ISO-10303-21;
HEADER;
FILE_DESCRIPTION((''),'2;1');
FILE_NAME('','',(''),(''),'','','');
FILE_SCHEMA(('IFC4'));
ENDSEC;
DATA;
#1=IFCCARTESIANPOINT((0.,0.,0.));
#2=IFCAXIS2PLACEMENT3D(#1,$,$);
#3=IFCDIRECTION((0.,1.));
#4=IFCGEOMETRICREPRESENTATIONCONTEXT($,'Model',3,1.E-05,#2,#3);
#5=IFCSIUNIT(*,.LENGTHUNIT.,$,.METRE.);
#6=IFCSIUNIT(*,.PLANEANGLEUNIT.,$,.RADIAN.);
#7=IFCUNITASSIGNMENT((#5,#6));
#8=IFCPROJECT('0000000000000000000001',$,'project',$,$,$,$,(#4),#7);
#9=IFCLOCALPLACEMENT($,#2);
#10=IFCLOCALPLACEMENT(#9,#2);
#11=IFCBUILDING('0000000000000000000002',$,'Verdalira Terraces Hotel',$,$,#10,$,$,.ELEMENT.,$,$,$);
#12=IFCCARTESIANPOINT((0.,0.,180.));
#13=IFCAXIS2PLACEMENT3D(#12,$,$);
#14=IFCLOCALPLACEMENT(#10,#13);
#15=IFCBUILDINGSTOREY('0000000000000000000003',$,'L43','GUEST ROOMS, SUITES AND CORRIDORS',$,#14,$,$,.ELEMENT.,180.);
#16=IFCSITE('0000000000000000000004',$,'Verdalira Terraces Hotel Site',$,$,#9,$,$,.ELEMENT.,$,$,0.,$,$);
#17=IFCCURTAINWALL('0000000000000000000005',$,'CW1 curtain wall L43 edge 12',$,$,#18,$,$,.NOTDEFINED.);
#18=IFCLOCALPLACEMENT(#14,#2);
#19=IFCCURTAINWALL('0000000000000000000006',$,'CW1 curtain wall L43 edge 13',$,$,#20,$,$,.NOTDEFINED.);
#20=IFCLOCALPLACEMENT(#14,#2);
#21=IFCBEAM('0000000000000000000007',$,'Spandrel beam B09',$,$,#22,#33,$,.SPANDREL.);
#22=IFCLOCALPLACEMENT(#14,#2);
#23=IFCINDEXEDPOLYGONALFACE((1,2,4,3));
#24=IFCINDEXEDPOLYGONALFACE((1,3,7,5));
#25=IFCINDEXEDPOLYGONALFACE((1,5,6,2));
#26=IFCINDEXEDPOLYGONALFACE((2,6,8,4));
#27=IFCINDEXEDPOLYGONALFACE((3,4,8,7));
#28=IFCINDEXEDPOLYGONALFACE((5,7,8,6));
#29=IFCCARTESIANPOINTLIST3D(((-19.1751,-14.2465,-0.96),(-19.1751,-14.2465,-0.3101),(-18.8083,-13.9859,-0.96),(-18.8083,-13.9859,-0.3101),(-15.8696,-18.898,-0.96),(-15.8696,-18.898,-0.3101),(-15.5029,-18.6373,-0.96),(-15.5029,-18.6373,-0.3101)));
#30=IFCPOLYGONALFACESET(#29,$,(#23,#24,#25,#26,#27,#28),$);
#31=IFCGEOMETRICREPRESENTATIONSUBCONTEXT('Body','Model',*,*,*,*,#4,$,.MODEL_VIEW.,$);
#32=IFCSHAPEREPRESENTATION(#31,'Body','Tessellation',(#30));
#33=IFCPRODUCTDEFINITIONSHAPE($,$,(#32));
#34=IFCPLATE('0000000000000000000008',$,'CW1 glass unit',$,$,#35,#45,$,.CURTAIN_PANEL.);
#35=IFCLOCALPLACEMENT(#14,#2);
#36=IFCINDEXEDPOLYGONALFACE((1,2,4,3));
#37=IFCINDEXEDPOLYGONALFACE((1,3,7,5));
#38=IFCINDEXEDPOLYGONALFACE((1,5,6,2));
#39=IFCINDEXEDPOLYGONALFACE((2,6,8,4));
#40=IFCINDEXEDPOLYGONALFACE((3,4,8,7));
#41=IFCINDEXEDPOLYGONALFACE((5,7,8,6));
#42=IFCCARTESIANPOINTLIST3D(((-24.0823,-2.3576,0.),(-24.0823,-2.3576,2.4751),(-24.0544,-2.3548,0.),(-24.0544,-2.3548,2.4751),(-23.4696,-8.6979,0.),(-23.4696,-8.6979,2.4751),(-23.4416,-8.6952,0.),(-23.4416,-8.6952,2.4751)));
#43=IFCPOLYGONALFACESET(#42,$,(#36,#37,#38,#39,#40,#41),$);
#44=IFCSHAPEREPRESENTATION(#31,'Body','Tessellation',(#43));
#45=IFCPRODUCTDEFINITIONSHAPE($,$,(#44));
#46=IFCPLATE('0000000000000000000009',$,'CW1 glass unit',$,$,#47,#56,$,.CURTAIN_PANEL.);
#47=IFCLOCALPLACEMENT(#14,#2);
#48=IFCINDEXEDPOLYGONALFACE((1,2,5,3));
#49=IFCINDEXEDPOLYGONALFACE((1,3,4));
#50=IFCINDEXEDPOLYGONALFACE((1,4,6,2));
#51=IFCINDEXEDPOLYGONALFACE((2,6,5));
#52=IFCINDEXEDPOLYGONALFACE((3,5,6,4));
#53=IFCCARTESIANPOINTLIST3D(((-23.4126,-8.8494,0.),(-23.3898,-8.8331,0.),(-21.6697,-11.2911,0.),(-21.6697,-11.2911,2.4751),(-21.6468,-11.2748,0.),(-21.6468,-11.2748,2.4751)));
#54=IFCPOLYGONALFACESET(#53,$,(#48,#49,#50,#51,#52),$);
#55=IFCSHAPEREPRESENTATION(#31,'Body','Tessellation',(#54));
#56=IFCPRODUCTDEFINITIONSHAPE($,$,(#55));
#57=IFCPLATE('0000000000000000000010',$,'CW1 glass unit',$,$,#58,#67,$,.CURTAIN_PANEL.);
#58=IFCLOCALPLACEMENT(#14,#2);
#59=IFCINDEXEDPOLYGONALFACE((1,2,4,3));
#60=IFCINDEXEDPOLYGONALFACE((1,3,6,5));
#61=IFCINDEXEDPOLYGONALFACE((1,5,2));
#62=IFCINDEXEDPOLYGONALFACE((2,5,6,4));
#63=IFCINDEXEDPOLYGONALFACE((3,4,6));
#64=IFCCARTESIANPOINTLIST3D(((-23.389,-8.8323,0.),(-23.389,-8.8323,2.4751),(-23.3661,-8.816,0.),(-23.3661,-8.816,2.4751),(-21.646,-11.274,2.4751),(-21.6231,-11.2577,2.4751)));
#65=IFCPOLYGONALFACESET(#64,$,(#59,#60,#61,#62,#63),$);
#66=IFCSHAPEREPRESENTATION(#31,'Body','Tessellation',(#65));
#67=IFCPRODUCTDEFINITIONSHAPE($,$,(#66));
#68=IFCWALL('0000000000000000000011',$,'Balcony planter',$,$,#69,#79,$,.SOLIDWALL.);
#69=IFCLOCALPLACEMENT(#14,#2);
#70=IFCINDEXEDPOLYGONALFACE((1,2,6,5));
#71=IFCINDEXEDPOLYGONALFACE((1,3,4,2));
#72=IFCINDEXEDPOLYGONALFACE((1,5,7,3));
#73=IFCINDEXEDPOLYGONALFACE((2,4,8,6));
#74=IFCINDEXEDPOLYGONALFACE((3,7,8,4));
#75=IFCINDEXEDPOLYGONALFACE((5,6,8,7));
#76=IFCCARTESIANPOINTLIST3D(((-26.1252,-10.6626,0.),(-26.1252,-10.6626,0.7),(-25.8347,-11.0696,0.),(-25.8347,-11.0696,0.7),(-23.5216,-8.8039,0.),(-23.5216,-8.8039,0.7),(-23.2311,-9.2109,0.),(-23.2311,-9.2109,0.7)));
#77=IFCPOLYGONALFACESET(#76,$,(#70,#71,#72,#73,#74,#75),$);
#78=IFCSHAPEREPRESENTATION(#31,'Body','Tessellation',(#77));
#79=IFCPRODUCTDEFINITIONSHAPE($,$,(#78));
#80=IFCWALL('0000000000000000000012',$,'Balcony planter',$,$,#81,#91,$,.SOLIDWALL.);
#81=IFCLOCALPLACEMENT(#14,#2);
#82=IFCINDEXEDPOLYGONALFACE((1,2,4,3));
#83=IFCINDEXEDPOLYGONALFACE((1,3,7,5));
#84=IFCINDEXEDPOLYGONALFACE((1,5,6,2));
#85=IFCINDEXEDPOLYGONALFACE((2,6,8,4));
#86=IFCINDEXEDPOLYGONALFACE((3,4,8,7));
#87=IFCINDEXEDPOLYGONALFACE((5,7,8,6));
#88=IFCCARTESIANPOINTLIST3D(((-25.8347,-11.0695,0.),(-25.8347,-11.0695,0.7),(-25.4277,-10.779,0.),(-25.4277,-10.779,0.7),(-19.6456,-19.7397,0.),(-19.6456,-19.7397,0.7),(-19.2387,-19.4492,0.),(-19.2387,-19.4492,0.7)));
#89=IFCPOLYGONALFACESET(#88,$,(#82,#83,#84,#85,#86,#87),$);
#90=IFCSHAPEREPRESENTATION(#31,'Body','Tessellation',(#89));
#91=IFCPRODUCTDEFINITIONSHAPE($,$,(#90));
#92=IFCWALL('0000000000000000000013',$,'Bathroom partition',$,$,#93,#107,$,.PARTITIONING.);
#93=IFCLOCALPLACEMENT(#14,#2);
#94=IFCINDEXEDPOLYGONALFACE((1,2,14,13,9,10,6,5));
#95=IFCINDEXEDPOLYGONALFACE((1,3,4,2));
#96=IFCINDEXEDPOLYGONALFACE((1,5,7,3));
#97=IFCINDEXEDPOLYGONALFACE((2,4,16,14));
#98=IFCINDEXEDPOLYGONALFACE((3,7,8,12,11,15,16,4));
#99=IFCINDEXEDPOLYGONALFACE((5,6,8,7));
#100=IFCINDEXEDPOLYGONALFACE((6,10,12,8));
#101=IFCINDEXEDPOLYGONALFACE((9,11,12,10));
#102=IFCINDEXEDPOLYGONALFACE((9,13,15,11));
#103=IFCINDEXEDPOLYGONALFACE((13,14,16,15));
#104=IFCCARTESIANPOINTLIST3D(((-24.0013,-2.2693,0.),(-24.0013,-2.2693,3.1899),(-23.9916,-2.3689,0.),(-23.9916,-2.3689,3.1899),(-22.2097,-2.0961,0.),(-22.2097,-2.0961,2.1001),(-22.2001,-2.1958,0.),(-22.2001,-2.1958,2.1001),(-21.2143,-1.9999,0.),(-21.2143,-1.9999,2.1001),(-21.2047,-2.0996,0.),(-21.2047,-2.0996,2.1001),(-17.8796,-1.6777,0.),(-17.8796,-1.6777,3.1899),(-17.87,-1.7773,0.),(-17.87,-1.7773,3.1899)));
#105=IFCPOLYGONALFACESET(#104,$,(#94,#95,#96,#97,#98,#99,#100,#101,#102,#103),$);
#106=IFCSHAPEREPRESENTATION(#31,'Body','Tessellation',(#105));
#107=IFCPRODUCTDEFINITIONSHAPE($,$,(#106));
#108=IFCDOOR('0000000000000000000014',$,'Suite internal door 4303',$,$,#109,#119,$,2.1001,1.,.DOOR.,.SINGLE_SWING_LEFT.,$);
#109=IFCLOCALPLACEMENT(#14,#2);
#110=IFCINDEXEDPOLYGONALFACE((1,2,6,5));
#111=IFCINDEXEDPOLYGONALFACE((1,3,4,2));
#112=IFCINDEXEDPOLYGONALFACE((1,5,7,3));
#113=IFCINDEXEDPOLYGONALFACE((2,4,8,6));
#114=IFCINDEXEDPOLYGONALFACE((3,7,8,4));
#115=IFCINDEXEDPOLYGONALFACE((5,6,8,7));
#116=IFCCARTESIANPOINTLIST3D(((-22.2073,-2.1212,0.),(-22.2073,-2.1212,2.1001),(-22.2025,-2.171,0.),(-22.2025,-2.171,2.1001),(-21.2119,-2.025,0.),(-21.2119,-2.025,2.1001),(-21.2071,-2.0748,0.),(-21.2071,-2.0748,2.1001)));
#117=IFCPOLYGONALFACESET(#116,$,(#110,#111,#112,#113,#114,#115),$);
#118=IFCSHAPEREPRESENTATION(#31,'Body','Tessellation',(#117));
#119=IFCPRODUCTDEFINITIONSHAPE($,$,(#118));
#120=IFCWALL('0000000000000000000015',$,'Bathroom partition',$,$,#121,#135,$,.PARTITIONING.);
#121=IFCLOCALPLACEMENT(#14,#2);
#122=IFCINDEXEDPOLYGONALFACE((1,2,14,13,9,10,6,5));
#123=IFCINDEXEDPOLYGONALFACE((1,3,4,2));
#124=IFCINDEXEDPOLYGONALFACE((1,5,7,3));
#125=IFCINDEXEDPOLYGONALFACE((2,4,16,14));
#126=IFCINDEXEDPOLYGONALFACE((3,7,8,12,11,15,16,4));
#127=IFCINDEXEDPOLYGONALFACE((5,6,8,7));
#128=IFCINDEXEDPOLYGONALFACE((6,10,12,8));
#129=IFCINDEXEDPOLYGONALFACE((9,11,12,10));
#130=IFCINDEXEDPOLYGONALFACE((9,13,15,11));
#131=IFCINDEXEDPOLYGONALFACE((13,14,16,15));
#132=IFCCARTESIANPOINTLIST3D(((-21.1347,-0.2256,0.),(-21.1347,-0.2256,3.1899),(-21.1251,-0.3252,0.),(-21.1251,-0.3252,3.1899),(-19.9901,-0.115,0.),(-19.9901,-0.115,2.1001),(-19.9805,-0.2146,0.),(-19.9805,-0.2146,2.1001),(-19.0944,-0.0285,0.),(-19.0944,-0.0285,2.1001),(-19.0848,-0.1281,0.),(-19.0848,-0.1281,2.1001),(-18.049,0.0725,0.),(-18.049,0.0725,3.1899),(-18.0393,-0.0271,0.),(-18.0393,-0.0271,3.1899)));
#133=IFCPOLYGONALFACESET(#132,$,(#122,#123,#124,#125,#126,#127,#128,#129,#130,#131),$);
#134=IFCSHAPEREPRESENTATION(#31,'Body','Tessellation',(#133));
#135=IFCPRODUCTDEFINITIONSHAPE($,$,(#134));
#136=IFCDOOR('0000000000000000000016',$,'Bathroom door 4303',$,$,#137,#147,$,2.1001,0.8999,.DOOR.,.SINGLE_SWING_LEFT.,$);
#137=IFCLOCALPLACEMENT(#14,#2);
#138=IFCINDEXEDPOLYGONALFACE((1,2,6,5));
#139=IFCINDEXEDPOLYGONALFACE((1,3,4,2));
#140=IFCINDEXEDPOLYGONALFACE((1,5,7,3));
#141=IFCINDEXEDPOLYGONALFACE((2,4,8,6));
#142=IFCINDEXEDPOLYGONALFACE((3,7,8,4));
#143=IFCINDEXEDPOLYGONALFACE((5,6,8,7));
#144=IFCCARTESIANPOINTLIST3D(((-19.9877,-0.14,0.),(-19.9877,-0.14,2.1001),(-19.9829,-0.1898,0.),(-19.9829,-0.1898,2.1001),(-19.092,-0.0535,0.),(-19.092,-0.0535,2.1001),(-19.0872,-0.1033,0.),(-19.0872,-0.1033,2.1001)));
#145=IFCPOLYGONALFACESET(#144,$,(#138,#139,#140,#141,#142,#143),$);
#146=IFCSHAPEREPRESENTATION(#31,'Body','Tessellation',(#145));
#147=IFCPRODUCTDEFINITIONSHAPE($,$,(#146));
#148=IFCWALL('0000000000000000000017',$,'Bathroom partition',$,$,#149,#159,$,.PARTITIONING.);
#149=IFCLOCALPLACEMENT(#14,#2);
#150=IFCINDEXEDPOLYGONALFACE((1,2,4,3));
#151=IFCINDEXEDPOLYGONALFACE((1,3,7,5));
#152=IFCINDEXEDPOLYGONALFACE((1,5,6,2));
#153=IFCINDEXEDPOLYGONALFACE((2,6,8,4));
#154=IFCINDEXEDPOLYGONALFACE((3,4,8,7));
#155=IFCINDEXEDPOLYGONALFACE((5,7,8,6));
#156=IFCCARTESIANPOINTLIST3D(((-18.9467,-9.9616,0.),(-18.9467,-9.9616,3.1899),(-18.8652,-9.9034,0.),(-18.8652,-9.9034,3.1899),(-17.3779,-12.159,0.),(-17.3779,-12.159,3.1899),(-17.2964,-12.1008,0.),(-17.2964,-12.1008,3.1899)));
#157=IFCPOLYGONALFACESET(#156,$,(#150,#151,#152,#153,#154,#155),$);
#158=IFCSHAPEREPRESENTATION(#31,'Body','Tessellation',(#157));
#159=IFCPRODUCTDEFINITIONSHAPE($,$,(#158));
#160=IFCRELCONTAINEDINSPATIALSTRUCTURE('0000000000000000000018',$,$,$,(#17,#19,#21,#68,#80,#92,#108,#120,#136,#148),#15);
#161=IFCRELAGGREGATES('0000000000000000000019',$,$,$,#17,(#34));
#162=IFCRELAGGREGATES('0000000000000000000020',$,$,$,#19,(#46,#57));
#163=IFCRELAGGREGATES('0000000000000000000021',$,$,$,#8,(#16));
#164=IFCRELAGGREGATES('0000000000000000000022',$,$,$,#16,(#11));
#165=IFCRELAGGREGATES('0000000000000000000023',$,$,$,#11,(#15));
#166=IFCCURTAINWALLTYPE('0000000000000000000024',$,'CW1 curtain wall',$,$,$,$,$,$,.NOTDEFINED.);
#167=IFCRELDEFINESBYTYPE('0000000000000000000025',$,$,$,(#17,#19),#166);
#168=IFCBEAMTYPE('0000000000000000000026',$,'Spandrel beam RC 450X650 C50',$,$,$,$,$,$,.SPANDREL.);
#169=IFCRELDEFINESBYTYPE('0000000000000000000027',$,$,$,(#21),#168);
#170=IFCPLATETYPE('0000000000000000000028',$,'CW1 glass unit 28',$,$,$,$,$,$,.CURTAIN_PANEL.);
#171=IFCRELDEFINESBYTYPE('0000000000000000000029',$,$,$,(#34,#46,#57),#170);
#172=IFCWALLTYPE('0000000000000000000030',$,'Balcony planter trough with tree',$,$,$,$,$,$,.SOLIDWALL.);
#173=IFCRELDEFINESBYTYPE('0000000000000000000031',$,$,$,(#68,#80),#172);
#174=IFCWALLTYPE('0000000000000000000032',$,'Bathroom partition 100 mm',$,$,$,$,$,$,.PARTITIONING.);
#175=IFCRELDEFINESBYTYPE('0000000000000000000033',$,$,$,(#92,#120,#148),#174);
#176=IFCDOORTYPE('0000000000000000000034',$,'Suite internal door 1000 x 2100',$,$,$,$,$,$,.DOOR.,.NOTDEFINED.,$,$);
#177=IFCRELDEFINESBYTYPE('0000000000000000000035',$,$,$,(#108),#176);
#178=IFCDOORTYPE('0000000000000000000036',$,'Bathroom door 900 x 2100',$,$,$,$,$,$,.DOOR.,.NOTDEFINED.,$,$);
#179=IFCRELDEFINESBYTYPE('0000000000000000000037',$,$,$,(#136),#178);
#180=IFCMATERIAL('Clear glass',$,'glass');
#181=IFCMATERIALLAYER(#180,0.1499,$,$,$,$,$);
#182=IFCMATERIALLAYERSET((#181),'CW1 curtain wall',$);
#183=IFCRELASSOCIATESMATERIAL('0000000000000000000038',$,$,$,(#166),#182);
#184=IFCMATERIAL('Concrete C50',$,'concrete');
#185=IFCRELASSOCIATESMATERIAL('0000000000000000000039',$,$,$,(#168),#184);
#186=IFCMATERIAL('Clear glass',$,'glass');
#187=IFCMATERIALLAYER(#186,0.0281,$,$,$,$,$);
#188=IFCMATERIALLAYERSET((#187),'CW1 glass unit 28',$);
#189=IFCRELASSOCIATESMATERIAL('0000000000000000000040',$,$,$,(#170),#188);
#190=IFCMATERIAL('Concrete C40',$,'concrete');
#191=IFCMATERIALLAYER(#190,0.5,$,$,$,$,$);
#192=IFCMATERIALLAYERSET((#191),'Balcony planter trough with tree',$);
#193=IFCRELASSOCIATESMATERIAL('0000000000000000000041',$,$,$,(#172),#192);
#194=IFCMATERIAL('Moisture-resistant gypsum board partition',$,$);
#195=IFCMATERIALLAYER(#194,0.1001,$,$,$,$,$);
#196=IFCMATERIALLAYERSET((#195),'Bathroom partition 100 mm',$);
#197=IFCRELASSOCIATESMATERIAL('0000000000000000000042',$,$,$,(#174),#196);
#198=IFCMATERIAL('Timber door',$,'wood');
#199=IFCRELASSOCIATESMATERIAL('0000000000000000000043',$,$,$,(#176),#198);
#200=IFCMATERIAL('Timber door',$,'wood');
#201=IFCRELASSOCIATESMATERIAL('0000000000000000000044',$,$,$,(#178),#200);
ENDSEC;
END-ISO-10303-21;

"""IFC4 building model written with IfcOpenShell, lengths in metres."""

from ifc_helpers import new_model, si_unit, direction, frame, frame_2d, origin, origin_2d, place, context, subcontext, project, spatial, polyline, rectangle, outline, extrude, material, layer, layer_set, material_profile, profile_set, type_object, element, fill, aggregate, save


model = new_model("IFC4")

# Units and contexts
model_context = context("Model", 3, precision=1e-05, world=origin(), true_north=direction((0.0, 1.0)))
body_context = subcontext(model_context, "Body", "Model", "MODEL_VIEW")
ifc_project = project(units=[si_unit("LENGTHUNIT", "METRE"), si_unit("PLANEANGLEUNIT", "RADIAN")], contexts=[model_context])

# Site, building, storey
site_placement = place(None, origin())
site = spatial("IfcSite", under=ifc_project, at=site_placement, Name="Verdalira Terraces Hotel Site", CompositionType="ELEMENT", RefElevation=0.0)
building_placement = place(site_placement, origin())
building = spatial("IfcBuilding", under=site, at=building_placement, Name="Verdalira Terraces Hotel", CompositionType="ELEMENT")
storey_placement = place(building_placement, frame((0.0, 0.0, 180.0)))
storey = spatial("IfcBuildingStorey", under=building, at=storey_placement, Name="L43", Description="GUEST ROOMS, SUITES AND CORRIDORS", CompositionType="ELEMENT", Elevation=180.0)

# Curtain walls
ifc_material_1 = material(Name="Clear glass", Category="glass")
ifc_layer_1 = layer(ifc_material_1, 0.1499)
ifc_layer_set_1 = layer_set([ifc_layer_1], Name="CW1 curtain wall")
curtain_wall_type = type_object("IfcCurtainWallType", Name="CW1 curtain wall", PredefinedType="NOTDEFINED", material=ifc_layer_set_1)
curtain_wall_1_placement = place(storey_placement, origin())
curtain_wall_1 = element("IfcCurtainWall", 1, at=curtain_wall_1_placement, inside=storey, type_object=curtain_wall_type, Name="CW1 curtain wall L43 edge 12", PredefinedType="NOTDEFINED")
curtain_wall_2_placement = place(storey_placement, origin())
curtain_wall_2 = element("IfcCurtainWall", 2, at=curtain_wall_2_placement, inside=storey, type_object=curtain_wall_type, Name="CW1 curtain wall L43 edge 13", PredefinedType="NOTDEFINED")

# Beam
ifc_material_2 = material(Name="Concrete C50", Category="concrete")
ifc_material_profile_1 = material_profile(ifc_material_2, rectangle(XDim=0.45, YDim=0.6499, at=origin_2d()), Name="RC 450X650")
ifc_profile_set_1 = profile_set([ifc_material_profile_1], Name="Concrete C50")
beam_type_1 = type_object("IfcBeamType", Name="Spandrel beam RC 450X650 C50", PredefinedType="SPANDREL", material=ifc_profile_set_1)
beam_1_placement = place(storey_placement, frame((-18.9917, -14.1162, -0.635), z_axis=(0.579265, -0.815139, 0.0), x_axis=(0.815139, 0.579265, 0.0)))
element("IfcBeam", 3, at=beam_1_placement, inside=storey, type_object=beam_type_1, Name="Spandrel beam B09", PredefinedType="SPANDREL", context=body_context, shape_type="SweptSolid", body=[
    extrude(rectangle(XDim=0.45, YDim=0.6499, at=origin_2d()), origin(), (0.0, 0.0, 1.0), 5.7063),
])

# Plates
ifc_material_3 = material(Name="Clear glass", Category="glass")
ifc_layer_2 = layer(ifc_material_3, 0.0281)
ifc_layer_set_2 = layer_set([ifc_layer_2], Name="CW1 glass unit 28")
plate_type = type_object("IfcPlateType", Name="CW1 glass unit 28", PredefinedType="CURTAIN_PANEL", material=ifc_layer_set_2)
plate_1_placement = place(storey_placement, frame((-23.762, -5.5264, 0.0), z_axis=(0.0, 0.0, 1.0), x_axis=(0.096193, -0.995363, 0.0)))
plate_1 = element("IfcPlate", 4, at=plate_1_placement, type_object=plate_type, Name="CW1 glass unit", PredefinedType="CURTAIN_PANEL", context=body_context, shape_type="SweptSolid", body=[
    extrude(rectangle(XDim=6.3699, YDim=0.0281, at=origin_2d()), origin(), (0.0, 0.0, 1.0), 2.4751),
])
aggregate(curtain_wall_1, [plate_1])
plate_2_placement = place(storey_placement, frame((-22.5183, -10.054, 1.2375), z_axis=(-0.813913, -0.580987, 0.0), x_axis=(0.580987, -0.813913, 0.0)))
plate_2 = element("IfcPlate", 5, at=plate_2_placement, type_object=plate_type, Name="CW1 glass unit", PredefinedType="CURTAIN_PANEL", context=body_context, shape_type="SweptSolid", body=[
    extrude(outline(polyline([(-1.5, -1.2375), (1.5, -1.2375), (1.5, 1.2375), (-1.5, -1.2375)])), origin(), (0.0, 0.0, 1.0), 0.0281),
])
plate_3_placement = place(storey_placement, frame((-22.4946, -10.0369, 1.2375), z_axis=(-0.813913, -0.580987, 0.0), x_axis=(0.580987, -0.813913, 0.0)))
plate_3 = element("IfcPlate", 6, at=plate_3_placement, type_object=plate_type, Name="CW1 glass unit", PredefinedType="CURTAIN_PANEL", context=body_context, shape_type="SweptSolid", body=[
    extrude(outline(polyline([(-1.5, -1.2375), (1.5, 1.2375), (-1.5, 1.2375), (-1.5, -1.2375)])), origin(), (0.0, 0.0, 1.0), 0.0281),
])
aggregate(curtain_wall_2, [plate_2, plate_3])

# Walls
ifc_material_4 = material(Name="Concrete C40", Category="concrete")
ifc_layer_3 = layer(ifc_material_4, 0.5)
ifc_layer_set_3 = layer_set([ifc_layer_3], Name="Balcony planter trough with tree")
wall_type_1 = type_object("IfcWallType", Name="Balcony planter trough with tree", PredefinedType="SOLIDWALL", material=ifc_layer_set_3)
wall_1_placement = place(storey_placement, frame((-23.3762, -9.0073, 0.0), z_axis=(0.0, 0.0, 1.0), x_axis=(-0.813883, -0.581029, 0.0)))
element("IfcWall", 7, at=wall_1_placement, inside=storey, type_object=wall_type_1, Name="Balcony planter", PredefinedType="SOLIDWALL", context=body_context, shape_type="SweptSolid", body=[
    extrude(rectangle(XDim=3.199, YDim=0.5, at=frame_2d((1.5996, 0.0))), origin(), (0.0, 0.0, 1.0), 0.7),
])
wall_2_placement = place(storey_placement, frame((-25.6311, -10.9243, 0.0), z_axis=(0.0, 0.0, 1.0), x_axis=(0.580989, -0.813912, 0.0)))
element("IfcWall", 8, at=wall_2_placement, inside=storey, type_object=wall_type_1, Name="Balcony planter", PredefinedType="SOLIDWALL", context=body_context, shape_type="SweptSolid", body=[
    extrude(rectangle(XDim=10.6526, YDim=0.5, at=frame_2d((5.3262, 0.0))), origin(), (0.0, 0.0, 1.0), 0.7),
])

# Walls, openings, doors
ifc_material_5 = material(Name="Moisture-resistant gypsum board partition")
ifc_layer_4 = layer(ifc_material_5, 0.1001)
ifc_layer_set_4 = layer_set([ifc_layer_4], Name="Bathroom partition 100 mm")
wall_type_2 = type_object("IfcWallType", Name="Bathroom partition 100 mm", PredefinedType="PARTITIONING", material=ifc_layer_set_4)
wall_3_placement = place(storey_placement, frame((-23.9966, -2.3191, 0.0), z_axis=(0.0, 0.0, 1.0), x_axis=(0.995363, 0.096186, 0.0)))
wall_3 = element("IfcWall", 9, at=wall_3_placement, inside=storey, type_object=wall_type_2, Name="Bathroom partition", PredefinedType="PARTITIONING", context=body_context, shape_type="SweptSolid", body=[
    extrude(rectangle(XDim=6.1501, YDim=0.1001, at=frame_2d((3.0752, 0.0))), origin(), (0.0, 0.0, 1.0), 3.1899),
])
opening_1_placement = place(wall_3_placement, frame((1.8, 0.0, 0.0)))
opening_1 = element("IfcOpeningElement", 10, at=opening_1_placement, cuts=wall_3, PredefinedType="OPENING", context=body_context, shape_type="SweptSolid", body=[
    extrude(rectangle(XDim=1.0, YDim=2.1001, at=frame_2d((0.5, 1.05))), frame((0.0, 0.0601, 0.0), z_axis=(0.0, -1.0, 0.0), x_axis=(1.0, 0.0, 0.0)), (0.0, 0.0, 1.0), 0.1201),
])
ifc_material_6 = material(Name="Timber door", Category="wood")
door_type_1 = type_object("IfcDoorType", Name="Suite internal door 1000 x 2100", OperationType="NOTDEFINED", PredefinedType="DOOR", material=ifc_material_6)
door_1_placement = place(opening_1_placement, origin())
door_1 = element("IfcDoor", 11, at=door_1_placement, inside=storey, type_object=door_type_1, Name="Suite internal door 4303", OperationType="SINGLE_SWING_LEFT", OverallHeight=2.1001, OverallWidth=1.0, PredefinedType="DOOR", context=body_context, shape_type="SweptSolid", body=[
    extrude(rectangle(XDim=1.0, YDim=2.1001, at=frame_2d((0.5, 1.05))), frame((0.0, 0.0249, 0.0), z_axis=(0.0, -1.0, 0.0), x_axis=(1.0, 0.0, 0.0)), (0.0, 0.0, 1.0), 0.05),
])
fill(opening_1, door_1)
wall_4_placement = place(storey_placement, frame((-21.1299, -0.2754, 0.0), z_axis=(0.0, 0.0, 1.0), x_axis=(0.995366, 0.096158, 0.0)))
wall_4 = element("IfcWall", 12, at=wall_4_placement, inside=storey, type_object=wall_type_2, Name="Bathroom partition", PredefinedType="PARTITIONING", context=body_context, shape_type="SweptSolid", body=[
    extrude(rectangle(XDim=3.1001, YDim=0.1001, at=frame_2d((1.55, 0.0))), origin(), (0.0, 0.0, 1.0), 3.1899),
])
opening_2_placement = place(wall_4_placement, frame((1.1499, 0.0, 0.0)))
opening_2 = element("IfcOpeningElement", 13, at=opening_2_placement, cuts=wall_4, PredefinedType="OPENING", context=body_context, shape_type="SweptSolid", body=[
    extrude(rectangle(XDim=0.8999, YDim=2.1001, at=frame_2d((0.45, 1.05))), frame((0.0, 0.0601, 0.0), z_axis=(0.0, -1.0, 0.0), x_axis=(1.0, 0.0, 0.0)), (0.0, 0.0, 1.0), 0.1201),
])
ifc_material_7 = material(Name="Timber door", Category="wood")
door_type_2 = type_object("IfcDoorType", Name="Bathroom door 900 x 2100", OperationType="NOTDEFINED", PredefinedType="DOOR", material=ifc_material_7)
door_2_placement = place(opening_2_placement, origin())
door_2 = element("IfcDoor", 14, at=door_2_placement, inside=storey, type_object=door_type_2, Name="Bathroom door 4303", OperationType="SINGLE_SWING_LEFT", OverallHeight=2.1001, OverallWidth=0.8999, PredefinedType="DOOR", context=body_context, shape_type="SweptSolid", body=[
    extrude(rectangle(XDim=0.8999, YDim=2.1001, at=frame_2d((0.45, 1.05))), frame((0.0, 0.0249, 0.0), z_axis=(0.0, -1.0, 0.0), x_axis=(1.0, 0.0, 0.0)), (0.0, 0.0, 1.0), 0.05),
])
fill(opening_2, door_2)

# Wall
wall_5_placement = place(storey_placement, frame((-18.906, -9.9324, 0.0), z_axis=(0.0, 0.0, 1.0), x_axis=(0.581041, -0.813874, 0.0)))
element("IfcWall", 15, at=wall_5_placement, inside=storey, type_object=wall_type_2, Name="Bathroom partition", PredefinedType="PARTITIONING", context=body_context, shape_type="SweptSolid", body=[
    extrude(rectangle(XDim=2.7, YDim=0.1001, at=frame_2d((1.3501, 0.0))), origin(), (0.0, 0.0, 1.0), 3.1899),
])

save(model, "model.ifc")
